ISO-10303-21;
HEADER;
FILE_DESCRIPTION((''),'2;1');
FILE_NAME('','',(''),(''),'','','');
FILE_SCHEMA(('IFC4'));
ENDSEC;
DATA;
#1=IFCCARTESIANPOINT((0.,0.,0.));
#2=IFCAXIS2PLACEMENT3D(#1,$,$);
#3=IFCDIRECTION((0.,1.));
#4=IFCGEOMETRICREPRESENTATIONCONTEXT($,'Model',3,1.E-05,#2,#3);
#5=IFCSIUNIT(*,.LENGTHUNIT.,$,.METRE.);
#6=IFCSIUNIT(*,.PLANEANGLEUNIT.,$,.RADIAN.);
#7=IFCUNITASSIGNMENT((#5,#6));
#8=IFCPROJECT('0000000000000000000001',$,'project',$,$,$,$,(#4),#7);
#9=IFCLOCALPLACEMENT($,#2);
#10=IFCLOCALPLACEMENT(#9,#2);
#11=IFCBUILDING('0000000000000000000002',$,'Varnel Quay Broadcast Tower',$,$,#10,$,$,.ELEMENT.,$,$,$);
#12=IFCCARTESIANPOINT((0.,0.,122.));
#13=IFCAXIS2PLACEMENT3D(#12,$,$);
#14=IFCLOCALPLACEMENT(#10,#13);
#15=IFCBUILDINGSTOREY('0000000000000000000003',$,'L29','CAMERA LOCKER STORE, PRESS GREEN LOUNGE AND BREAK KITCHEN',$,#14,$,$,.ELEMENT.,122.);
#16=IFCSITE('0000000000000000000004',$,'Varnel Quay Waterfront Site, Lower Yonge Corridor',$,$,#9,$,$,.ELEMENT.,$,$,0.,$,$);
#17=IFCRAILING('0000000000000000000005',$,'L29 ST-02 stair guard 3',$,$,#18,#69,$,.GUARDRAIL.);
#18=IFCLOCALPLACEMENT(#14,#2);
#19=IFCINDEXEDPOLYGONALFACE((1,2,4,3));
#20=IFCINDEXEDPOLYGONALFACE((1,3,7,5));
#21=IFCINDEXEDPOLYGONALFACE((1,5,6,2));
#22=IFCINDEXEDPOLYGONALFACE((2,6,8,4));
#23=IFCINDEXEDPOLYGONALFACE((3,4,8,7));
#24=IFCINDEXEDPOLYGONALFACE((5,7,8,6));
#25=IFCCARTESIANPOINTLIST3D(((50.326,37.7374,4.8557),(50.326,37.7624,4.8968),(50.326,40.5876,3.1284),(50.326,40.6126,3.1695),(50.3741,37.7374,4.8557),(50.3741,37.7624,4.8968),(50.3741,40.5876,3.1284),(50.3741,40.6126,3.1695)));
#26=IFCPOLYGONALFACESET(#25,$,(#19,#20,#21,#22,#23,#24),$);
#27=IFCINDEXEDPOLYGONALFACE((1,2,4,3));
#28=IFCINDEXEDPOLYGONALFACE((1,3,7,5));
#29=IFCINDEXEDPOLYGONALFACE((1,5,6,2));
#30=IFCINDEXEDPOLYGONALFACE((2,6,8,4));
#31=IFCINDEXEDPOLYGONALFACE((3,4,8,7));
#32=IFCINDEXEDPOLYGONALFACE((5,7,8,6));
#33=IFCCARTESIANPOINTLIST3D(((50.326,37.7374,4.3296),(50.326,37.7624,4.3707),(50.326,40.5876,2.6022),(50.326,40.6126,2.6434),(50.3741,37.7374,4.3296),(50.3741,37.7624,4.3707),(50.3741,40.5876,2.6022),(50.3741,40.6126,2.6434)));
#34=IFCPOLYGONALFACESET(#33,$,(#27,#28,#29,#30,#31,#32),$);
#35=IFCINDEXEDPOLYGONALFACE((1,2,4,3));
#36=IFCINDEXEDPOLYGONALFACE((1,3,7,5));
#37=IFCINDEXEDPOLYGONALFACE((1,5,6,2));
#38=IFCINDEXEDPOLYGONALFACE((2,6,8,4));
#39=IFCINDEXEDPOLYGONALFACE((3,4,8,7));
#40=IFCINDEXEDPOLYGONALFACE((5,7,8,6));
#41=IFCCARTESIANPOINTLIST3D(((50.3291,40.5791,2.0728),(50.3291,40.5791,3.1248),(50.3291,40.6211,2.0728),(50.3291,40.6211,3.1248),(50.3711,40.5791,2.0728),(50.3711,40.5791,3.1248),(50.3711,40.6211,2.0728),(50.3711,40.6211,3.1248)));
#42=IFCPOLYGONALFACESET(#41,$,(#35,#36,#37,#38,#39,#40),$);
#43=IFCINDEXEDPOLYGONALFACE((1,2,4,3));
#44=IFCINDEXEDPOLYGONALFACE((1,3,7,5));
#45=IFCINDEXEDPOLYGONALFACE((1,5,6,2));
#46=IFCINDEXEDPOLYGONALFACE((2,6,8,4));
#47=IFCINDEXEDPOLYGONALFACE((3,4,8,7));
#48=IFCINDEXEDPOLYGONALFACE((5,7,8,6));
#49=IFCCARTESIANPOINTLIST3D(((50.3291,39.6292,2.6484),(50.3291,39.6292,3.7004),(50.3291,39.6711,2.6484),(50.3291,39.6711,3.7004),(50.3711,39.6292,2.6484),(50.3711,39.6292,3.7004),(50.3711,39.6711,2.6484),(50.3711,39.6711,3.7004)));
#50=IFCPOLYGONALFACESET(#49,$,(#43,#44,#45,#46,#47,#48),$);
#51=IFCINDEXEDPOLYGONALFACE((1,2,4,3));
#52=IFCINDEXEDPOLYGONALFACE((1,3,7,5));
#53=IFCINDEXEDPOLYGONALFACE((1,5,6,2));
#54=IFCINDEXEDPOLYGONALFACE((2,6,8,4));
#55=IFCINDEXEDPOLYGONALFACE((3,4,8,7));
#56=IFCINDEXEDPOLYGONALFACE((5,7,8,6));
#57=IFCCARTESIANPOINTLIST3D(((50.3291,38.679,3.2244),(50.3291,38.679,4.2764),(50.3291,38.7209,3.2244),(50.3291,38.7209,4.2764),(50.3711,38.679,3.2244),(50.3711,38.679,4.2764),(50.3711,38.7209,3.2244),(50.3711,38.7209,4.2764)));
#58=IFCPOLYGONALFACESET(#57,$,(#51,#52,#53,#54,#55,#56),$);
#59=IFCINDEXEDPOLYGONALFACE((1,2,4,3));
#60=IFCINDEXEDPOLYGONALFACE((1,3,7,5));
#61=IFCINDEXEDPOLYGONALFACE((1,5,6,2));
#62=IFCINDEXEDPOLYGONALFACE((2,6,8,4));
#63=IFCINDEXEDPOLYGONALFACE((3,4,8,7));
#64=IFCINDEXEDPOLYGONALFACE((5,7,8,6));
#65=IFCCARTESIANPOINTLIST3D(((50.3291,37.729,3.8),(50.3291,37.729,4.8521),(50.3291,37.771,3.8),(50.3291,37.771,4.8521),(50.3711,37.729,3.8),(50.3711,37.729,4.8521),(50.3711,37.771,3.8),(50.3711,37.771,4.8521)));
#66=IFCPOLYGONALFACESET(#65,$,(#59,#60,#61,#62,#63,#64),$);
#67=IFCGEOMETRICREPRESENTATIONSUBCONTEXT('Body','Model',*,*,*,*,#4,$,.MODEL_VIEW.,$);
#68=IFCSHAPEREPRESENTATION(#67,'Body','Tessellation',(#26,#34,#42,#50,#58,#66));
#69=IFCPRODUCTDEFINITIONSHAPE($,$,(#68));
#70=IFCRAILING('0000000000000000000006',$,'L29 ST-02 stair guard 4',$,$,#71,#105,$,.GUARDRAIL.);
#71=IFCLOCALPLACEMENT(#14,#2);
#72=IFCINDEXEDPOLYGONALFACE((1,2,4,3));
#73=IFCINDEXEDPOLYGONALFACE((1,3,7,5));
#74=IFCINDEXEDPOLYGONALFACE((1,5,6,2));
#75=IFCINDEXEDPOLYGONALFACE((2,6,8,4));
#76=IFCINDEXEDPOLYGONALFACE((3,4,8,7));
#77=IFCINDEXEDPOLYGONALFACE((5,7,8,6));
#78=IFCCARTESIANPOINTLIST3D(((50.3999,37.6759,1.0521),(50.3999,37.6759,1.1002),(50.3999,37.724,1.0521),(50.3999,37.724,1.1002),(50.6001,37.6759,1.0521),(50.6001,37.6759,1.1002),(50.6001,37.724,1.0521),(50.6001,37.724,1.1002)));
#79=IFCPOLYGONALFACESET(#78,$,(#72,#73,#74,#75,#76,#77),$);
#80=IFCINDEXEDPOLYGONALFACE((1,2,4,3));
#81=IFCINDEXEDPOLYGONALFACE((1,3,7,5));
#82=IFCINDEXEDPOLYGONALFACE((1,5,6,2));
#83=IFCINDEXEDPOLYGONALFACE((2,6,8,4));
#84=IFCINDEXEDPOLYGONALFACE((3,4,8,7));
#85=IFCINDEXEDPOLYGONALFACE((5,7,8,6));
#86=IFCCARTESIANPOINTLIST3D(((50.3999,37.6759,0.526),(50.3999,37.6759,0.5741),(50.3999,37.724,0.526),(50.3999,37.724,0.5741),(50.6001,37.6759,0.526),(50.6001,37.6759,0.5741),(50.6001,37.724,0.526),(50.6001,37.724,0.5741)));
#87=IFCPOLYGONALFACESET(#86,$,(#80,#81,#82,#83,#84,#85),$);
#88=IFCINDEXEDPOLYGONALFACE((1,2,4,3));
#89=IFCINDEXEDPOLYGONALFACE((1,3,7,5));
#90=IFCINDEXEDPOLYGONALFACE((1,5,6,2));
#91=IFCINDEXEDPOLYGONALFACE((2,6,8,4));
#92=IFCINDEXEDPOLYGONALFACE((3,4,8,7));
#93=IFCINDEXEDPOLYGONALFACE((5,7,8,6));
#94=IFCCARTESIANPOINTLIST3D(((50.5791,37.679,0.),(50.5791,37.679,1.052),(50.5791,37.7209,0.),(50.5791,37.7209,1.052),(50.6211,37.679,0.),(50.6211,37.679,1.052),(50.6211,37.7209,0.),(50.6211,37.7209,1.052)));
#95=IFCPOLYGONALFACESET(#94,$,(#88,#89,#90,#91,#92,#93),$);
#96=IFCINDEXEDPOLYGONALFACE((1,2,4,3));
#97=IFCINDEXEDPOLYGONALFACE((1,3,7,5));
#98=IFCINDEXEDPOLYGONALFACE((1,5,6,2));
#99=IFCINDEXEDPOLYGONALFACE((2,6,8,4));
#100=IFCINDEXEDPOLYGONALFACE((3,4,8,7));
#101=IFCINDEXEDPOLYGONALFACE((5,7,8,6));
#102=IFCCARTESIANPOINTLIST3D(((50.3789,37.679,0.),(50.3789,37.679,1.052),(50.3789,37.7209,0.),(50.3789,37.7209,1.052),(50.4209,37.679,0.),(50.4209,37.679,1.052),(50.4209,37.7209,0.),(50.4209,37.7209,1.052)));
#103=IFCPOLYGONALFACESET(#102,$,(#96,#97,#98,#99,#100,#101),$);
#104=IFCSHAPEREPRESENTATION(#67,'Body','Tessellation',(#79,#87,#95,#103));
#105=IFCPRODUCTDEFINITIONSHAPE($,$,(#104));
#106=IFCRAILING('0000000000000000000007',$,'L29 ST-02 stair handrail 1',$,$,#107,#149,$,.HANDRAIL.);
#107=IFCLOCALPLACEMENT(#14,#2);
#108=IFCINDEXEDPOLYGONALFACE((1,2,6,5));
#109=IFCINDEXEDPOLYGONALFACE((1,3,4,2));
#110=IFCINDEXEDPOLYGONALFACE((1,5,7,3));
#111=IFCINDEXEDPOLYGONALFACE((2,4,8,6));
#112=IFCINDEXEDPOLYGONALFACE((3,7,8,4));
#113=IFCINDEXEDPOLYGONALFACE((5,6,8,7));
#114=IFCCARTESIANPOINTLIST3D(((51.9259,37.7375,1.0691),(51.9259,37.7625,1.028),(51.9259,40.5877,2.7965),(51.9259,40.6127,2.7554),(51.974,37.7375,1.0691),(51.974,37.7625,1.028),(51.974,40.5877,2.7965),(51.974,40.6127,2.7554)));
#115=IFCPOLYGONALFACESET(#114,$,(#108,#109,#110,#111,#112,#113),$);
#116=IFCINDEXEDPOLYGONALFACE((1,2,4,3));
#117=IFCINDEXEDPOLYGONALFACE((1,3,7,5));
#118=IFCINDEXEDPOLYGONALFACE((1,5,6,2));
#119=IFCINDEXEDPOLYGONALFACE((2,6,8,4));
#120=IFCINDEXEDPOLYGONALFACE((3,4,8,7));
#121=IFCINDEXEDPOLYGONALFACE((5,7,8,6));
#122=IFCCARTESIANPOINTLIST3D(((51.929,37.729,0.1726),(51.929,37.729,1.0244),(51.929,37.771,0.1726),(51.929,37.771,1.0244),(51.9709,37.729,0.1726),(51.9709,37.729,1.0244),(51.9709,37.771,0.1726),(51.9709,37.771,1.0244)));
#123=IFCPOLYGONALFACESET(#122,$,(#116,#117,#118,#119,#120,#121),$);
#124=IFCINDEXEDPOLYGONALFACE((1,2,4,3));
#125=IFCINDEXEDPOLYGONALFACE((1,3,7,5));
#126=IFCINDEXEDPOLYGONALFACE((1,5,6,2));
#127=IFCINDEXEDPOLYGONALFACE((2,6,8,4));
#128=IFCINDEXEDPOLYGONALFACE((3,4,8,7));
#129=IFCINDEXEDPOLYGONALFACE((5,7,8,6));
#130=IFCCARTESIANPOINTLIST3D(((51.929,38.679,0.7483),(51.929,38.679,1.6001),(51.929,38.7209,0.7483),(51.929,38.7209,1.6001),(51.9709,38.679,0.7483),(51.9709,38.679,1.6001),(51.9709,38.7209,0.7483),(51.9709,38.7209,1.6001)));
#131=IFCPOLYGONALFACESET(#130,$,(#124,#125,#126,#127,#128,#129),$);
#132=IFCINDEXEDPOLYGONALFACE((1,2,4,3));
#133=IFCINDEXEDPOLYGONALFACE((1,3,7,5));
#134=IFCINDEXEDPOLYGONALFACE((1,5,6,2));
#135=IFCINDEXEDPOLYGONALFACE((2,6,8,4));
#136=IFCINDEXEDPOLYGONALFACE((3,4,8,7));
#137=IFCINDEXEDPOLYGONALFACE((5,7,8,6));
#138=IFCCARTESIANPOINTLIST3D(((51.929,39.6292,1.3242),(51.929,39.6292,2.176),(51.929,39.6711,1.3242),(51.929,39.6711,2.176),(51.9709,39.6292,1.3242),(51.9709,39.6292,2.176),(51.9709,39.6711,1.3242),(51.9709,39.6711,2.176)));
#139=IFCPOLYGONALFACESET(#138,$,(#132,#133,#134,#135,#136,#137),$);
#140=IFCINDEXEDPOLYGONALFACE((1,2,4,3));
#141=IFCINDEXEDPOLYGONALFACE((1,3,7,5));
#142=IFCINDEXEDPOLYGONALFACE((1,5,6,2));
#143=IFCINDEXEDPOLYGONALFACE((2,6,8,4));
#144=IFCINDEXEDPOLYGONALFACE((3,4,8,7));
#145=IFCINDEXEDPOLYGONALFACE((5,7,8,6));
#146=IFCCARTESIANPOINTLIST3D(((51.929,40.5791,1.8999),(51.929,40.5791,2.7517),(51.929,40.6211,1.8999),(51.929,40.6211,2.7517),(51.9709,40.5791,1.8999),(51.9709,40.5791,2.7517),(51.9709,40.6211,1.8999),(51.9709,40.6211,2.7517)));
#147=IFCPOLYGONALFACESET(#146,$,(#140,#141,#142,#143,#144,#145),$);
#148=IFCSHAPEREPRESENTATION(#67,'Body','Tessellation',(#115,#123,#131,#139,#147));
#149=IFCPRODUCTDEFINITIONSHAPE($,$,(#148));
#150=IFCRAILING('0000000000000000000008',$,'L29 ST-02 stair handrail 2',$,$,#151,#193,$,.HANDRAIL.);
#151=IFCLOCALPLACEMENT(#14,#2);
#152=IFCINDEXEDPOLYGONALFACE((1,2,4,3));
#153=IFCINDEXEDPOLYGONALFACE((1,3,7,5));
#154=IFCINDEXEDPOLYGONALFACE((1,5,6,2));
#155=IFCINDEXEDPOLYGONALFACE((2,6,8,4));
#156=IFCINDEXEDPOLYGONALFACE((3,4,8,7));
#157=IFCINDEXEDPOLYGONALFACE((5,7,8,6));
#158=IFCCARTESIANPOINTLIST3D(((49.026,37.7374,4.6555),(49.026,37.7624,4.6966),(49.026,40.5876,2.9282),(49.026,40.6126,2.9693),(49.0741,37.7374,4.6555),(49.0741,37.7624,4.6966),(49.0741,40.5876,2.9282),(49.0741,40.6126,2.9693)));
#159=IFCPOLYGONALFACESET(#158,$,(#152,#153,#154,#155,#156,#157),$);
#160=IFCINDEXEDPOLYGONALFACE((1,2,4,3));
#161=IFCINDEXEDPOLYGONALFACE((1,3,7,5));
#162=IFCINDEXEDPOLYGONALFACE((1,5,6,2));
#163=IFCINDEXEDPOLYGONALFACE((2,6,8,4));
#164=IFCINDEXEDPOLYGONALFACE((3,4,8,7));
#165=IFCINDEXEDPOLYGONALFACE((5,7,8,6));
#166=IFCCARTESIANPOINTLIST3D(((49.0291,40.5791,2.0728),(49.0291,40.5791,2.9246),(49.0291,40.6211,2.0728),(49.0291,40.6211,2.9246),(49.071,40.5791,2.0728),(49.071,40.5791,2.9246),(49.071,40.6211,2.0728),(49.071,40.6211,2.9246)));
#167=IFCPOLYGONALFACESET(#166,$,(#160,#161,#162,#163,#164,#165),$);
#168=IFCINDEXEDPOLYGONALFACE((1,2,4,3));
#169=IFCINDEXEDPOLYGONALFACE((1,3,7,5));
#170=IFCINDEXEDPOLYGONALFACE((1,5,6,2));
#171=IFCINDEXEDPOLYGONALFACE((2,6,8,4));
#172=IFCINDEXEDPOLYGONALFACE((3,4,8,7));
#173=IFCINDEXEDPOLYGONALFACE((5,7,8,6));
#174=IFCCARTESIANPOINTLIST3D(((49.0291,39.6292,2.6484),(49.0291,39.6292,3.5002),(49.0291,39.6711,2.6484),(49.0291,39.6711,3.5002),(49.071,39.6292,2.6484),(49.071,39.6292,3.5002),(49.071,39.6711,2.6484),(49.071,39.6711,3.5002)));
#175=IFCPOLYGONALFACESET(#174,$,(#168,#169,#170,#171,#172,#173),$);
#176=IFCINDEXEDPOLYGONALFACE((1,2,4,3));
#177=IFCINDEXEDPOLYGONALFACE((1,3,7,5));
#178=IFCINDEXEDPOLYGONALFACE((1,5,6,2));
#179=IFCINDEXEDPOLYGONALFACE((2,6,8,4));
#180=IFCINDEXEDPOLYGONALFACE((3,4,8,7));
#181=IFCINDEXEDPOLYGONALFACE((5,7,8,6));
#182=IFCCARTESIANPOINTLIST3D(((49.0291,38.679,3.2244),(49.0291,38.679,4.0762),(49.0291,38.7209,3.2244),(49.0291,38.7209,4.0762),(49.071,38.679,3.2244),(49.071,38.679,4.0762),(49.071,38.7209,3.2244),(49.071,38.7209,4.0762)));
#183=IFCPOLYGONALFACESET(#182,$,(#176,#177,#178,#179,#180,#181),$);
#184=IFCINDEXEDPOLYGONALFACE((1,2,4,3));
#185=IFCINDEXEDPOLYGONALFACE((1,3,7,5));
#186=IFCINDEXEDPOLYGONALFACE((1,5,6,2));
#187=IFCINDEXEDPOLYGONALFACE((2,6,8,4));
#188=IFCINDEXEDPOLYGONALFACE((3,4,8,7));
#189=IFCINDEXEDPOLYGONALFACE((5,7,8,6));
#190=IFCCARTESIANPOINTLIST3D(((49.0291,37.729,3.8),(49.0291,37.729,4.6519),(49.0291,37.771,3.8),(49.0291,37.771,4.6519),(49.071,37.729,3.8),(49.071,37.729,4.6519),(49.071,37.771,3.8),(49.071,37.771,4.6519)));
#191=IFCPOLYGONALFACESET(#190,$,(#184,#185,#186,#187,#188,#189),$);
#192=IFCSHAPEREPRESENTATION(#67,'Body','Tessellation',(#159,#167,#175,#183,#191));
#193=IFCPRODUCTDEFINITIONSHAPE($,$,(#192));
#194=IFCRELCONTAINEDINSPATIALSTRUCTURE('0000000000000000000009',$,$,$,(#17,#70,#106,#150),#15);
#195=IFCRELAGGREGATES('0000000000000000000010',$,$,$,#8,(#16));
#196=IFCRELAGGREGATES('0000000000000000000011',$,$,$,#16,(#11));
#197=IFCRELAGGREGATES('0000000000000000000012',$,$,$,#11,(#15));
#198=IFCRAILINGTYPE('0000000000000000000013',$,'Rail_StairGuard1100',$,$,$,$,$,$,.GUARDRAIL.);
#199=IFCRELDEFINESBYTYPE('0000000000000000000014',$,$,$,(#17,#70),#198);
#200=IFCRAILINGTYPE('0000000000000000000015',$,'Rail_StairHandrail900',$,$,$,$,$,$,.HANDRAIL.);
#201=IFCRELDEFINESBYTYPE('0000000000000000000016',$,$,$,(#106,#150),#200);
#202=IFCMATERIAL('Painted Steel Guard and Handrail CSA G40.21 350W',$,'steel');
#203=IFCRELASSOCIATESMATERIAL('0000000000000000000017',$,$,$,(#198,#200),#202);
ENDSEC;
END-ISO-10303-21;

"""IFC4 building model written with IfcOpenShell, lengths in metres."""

from ifc_helpers import new_model, si_unit, direction, frame, origin, origin_2d, place, context, subcontext, project, spatial, rectangle, extrude, material, type_object, element, save


model = new_model("IFC4")

# Units and contexts
model_context = context("Model", 3, precision=1e-05, world=origin(), true_north=direction((0.0, 1.0)))
body_context = subcontext(model_context, "Body", "Model", "MODEL_VIEW")
ifc_project = project(units=[si_unit("LENGTHUNIT", "METRE"), si_unit("PLANEANGLEUNIT", "RADIAN")], contexts=[model_context])

# Site, building, storey
site_placement = place(None, origin())
site = spatial("IfcSite", under=ifc_project, at=site_placement, Name="Varnel Quay Waterfront Site, Lower Yonge Corridor", CompositionType="ELEMENT", RefElevation=0.0)
building_placement = place(site_placement, origin())
building = spatial("IfcBuilding", under=site, at=building_placement, Name="Varnel Quay Broadcast Tower", CompositionType="ELEMENT")
storey_placement = place(building_placement, frame((0.0, 0.0, 122.0)))
storey = spatial("IfcBuildingStorey", under=building, at=storey_placement, Name="L29", Description="CAMERA LOCKER STORE, PRESS GREEN LOUNGE AND BREAK KITCHEN", CompositionType="ELEMENT", Elevation=122.0)

# Railings
ifc_material_1 = material(Name="Painted Steel Guard and Handrail CSA G40.21 350W", Category="steel")
railing_type_1 = type_object("IfcRailingType", Name="Rail_StairGuard1100", PredefinedType="GUARDRAIL", material=ifc_material_1)
railing_1_placement = place(storey_placement, frame((50.3501, 40.6001, 2.0728)))
element("IfcRailing", 1, at=railing_1_placement, inside=storey, type_object=railing_type_1, Name="L29 ST-02 stair guard 3", PredefinedType="GUARDRAIL", context=body_context, shape_type="SweptSolid", body=[
    extrude(rectangle(XDim=0.0481, YDim=0.0481, at=origin_2d()), frame((0.0, 0.0, 1.0762), z_axis=(0.0, -0.855203, 0.518294), x_axis=(1.0, 0.0, 0.0)), (0.0, 0.0, 1.0), 3.3328),
    extrude(rectangle(XDim=0.0481, YDim=0.0481, at=origin_2d()), frame((0.0, 0.0, 0.55), z_axis=(0.0, -0.855203, 0.518294), x_axis=(1.0, 0.0, 0.0)), (0.0, 0.0, 1.0), 3.3328),
    extrude(rectangle(XDim=0.042, YDim=0.042, at=origin_2d()), origin(), (0.0, 0.0, 1.0), 1.052),
    extrude(rectangle(XDim=0.042, YDim=0.042, at=origin_2d()), frame((0.0, -0.95, 0.5757)), (0.0, 0.0, 1.0), 1.052),
    extrude(rectangle(XDim=0.042, YDim=0.042, at=origin_2d()), frame((0.0, -1.9001, 1.1516)), (0.0, 0.0, 1.0), 1.052),
    extrude(rectangle(XDim=0.042, YDim=0.042, at=origin_2d()), frame((0.0, -2.8501, 1.7273)), (0.0, 0.0, 1.0), 1.052),
])
railing_2_placement = place(storey_placement, frame((50.6001, 37.7, 0.0)))
element("IfcRailing", 2, at=railing_2_placement, inside=storey, type_object=railing_type_1, Name="L29 ST-02 stair guard 4", PredefinedType="GUARDRAIL", context=body_context, shape_type="SweptSolid", body=[
    extrude(rectangle(XDim=0.0481, YDim=0.0481, at=origin_2d()), frame((0.0, 0.0, 1.0762), z_axis=(-1.0, 0.0, 0.0), x_axis=(0.0, -1.0, 0.0)), (0.0, 0.0, 1.0), 0.2002),
    extrude(rectangle(XDim=0.0481, YDim=0.0481, at=origin_2d()), frame((0.0, 0.0, 0.55), z_axis=(-1.0, 0.0, 0.0), x_axis=(0.0, -1.0, 0.0)), (0.0, 0.0, 1.0), 0.2002),
    extrude(rectangle(XDim=0.042, YDim=0.042, at=origin_2d()), origin(), (0.0, 0.0, 1.0), 1.052),
    extrude(rectangle(XDim=0.042, YDim=0.042, at=origin_2d()), frame((-0.2002, 0.0, 0.0)), (0.0, 0.0, 1.0), 1.052),
])
railing_type_2 = type_object("IfcRailingType", Name="Rail_StairHandrail900", PredefinedType="HANDRAIL", material=ifc_material_1)
railing_3_placement = place(storey_placement, frame((51.95, 37.75, 0.1726)))
element("IfcRailing", 3, at=railing_3_placement, inside=storey, type_object=railing_type_2, Name="L29 ST-02 stair handrail 1", PredefinedType="HANDRAIL", context=body_context, shape_type="SweptSolid", body=[
    extrude(rectangle(XDim=0.0481, YDim=0.0481, at=origin_2d()), frame((0.0, 0.0, 0.876), z_axis=(0.0, 0.855203, 0.518294), x_axis=(-1.0, 0.0, 0.0)), (0.0, 0.0, 1.0), 3.3328),
    extrude(rectangle(XDim=0.042, YDim=0.042, at=origin_2d()), origin(), (0.0, 0.0, 1.0), 0.8518),
    extrude(rectangle(XDim=0.042, YDim=0.042, at=origin_2d()), frame((0.0, 0.95, 0.5757)), (0.0, 0.0, 1.0), 0.8518),
    extrude(rectangle(XDim=0.042, YDim=0.042, at=origin_2d()), frame((0.0, 1.9001, 1.1516)), (0.0, 0.0, 1.0), 0.8518),
    extrude(rectangle(XDim=0.042, YDim=0.042, at=origin_2d()), frame((0.0, 2.8501, 1.7273)), (0.0, 0.0, 1.0), 0.8518),
])
railing_4_placement = place(storey_placement, frame((49.05, 40.6001, 2.0728)))
element("IfcRailing", 4, at=railing_4_placement, inside=storey, type_object=railing_type_2, Name="L29 ST-02 stair handrail 2", PredefinedType="HANDRAIL", context=body_context, shape_type="SweptSolid", body=[
    extrude(rectangle(XDim=0.0481, YDim=0.0481, at=origin_2d()), frame((0.0, 0.0, 0.876), z_axis=(0.0, -0.855203, 0.518294), x_axis=(1.0, 0.0, 0.0)), (0.0, 0.0, 1.0), 3.3328),
    extrude(rectangle(XDim=0.042, YDim=0.042, at=origin_2d()), origin(), (0.0, 0.0, 1.0), 0.8518),
    extrude(rectangle(XDim=0.042, YDim=0.042, at=origin_2d()), frame((0.0, -0.95, 0.5757)), (0.0, 0.0, 1.0), 0.8518),
    extrude(rectangle(XDim=0.042, YDim=0.042, at=origin_2d()), frame((0.0, -1.9001, 1.1516)), (0.0, 0.0, 1.0), 0.8518),
    extrude(rectangle(XDim=0.042, YDim=0.042, at=origin_2d()), frame((0.0, -2.8501, 1.7273)), (0.0, 0.0, 1.0), 0.8518),
])

save(model, "model.ifc")
